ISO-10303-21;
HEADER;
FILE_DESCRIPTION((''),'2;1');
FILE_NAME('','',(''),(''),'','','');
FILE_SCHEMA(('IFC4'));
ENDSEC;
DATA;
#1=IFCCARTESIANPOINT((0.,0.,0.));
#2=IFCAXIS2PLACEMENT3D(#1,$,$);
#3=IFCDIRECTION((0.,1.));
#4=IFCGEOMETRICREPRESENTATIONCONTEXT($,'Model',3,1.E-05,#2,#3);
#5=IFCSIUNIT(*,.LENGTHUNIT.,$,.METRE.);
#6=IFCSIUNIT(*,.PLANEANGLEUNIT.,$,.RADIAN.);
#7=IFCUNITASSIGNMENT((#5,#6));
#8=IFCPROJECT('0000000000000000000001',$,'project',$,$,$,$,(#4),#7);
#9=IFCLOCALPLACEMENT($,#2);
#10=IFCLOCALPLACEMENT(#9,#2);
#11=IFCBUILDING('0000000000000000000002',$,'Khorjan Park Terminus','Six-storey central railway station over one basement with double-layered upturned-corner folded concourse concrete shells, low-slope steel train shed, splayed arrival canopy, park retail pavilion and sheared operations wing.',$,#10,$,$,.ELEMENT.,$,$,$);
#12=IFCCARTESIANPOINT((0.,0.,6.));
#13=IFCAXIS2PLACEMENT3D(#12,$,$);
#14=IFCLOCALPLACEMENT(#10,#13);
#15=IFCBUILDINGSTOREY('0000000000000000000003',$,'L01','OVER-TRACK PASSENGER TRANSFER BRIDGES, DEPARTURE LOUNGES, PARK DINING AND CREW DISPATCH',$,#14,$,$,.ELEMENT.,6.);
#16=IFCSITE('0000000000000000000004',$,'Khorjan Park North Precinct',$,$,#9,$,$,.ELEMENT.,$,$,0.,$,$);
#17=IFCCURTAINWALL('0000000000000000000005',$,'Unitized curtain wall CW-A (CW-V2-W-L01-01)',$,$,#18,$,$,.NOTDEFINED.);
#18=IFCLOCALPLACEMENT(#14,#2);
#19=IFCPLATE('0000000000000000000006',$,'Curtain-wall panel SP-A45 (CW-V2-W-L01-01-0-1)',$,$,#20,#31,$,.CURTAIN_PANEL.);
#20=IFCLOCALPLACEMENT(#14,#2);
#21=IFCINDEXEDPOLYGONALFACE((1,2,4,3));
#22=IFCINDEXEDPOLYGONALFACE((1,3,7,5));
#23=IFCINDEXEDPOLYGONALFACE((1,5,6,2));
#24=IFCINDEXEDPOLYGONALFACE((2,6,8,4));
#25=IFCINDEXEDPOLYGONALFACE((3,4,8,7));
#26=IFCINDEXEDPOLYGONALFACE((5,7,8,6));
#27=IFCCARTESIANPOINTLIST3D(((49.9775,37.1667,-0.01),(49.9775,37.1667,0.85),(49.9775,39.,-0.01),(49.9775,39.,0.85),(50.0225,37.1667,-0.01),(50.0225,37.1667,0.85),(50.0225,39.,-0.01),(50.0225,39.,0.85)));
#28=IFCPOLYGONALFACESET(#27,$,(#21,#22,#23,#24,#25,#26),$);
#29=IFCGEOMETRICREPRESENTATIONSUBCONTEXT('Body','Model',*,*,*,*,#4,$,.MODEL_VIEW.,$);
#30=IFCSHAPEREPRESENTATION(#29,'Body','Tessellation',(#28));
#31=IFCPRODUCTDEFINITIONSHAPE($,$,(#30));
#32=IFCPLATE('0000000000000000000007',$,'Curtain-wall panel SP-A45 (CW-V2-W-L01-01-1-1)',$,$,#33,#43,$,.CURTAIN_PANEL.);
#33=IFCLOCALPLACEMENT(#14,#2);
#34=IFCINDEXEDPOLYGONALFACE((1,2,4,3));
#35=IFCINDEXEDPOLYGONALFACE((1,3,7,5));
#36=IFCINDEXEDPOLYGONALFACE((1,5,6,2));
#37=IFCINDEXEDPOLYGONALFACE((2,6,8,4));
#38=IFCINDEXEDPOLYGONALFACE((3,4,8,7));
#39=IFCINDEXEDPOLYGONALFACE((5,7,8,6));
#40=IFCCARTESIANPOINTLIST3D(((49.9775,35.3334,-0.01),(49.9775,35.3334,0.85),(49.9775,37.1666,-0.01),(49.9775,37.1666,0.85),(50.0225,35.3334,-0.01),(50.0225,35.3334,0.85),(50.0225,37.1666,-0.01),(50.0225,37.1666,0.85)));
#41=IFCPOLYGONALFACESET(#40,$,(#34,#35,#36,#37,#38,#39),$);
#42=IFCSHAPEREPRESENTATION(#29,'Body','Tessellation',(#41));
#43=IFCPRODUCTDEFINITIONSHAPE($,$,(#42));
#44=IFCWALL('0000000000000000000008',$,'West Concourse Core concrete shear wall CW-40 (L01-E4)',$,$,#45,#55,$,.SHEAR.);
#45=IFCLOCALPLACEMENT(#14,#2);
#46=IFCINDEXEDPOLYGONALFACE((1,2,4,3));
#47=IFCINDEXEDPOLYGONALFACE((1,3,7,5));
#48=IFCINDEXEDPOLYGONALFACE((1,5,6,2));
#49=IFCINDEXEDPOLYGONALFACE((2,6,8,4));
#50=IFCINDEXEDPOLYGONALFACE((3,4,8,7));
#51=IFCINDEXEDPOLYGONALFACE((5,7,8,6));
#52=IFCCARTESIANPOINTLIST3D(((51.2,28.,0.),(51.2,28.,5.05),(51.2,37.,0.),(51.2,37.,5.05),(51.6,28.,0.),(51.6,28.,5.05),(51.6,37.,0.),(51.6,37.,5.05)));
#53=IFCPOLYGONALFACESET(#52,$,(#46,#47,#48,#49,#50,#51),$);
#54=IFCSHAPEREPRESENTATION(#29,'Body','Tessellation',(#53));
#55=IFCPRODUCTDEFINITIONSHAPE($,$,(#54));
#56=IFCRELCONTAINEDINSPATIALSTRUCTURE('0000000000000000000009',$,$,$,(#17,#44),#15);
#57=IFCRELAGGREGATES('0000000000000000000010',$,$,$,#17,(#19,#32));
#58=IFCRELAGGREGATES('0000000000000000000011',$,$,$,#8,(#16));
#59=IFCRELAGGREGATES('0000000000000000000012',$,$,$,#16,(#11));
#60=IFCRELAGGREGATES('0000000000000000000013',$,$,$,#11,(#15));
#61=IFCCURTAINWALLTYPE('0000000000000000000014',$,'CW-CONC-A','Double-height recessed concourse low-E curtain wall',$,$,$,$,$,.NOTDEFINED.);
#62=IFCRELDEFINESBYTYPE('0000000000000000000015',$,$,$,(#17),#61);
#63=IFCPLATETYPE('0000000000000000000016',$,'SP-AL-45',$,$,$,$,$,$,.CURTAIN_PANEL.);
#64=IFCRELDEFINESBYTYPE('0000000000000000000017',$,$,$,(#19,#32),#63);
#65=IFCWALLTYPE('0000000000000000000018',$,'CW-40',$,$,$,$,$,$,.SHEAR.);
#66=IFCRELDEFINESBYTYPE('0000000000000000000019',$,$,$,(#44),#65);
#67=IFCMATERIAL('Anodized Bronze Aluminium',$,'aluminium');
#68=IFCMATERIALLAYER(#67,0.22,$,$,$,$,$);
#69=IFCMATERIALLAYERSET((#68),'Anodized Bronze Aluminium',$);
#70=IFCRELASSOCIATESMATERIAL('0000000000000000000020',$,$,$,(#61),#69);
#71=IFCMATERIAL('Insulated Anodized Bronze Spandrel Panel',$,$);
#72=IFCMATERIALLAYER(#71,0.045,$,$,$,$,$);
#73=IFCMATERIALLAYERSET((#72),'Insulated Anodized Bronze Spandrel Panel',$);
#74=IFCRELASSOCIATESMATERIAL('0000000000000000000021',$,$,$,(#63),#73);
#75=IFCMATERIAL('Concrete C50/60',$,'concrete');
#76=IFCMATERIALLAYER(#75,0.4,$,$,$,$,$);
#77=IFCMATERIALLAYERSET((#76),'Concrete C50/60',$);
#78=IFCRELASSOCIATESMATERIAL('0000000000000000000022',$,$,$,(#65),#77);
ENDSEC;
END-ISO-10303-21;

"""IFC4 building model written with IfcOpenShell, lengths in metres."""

from ifc_helpers import new_model, si_unit, direction, frame, frame_2d, origin, origin_2d, place, context, subcontext, project, spatial, rectangle, extrude, material, layer, layer_set, type_object, element, aggregate, save


model = new_model("IFC4")

# Units and contexts
model_context = context("Model", 3, precision=1e-05, world=origin(), true_north=direction((0.0, 1.0)))
body_context = subcontext(model_context, "Body", "Model", "MODEL_VIEW")
ifc_project = project(units=[si_unit("LENGTHUNIT", "METRE"), si_unit("PLANEANGLEUNIT", "RADIAN")], contexts=[model_context])

# Site, building, storey
site_placement = place(None, origin())
site = spatial("IfcSite", under=ifc_project, at=site_placement, Name="Khorjan Park North Precinct", CompositionType="ELEMENT", RefElevation=0.0)
building_placement = place(site_placement, origin())
building = spatial("IfcBuilding", under=site, at=building_placement, Name="Khorjan Park Terminus", Description="Six-storey central railway station over one basement with double-layered upturned-corner folded concourse concrete shells, low-slope steel train shed, splayed arrival canopy, park retail pavilion and sheared operations wing.", CompositionType="ELEMENT")
storey_placement = place(building_placement, frame((0.0, 0.0, 6.0)))
storey = spatial("IfcBuildingStorey", under=building, at=storey_placement, Name="L01", Description="OVER-TRACK PASSENGER TRANSFER BRIDGES, DEPARTURE LOUNGES, PARK DINING AND CREW DISPATCH", CompositionType="ELEMENT", Elevation=6.0)

# Curtain wall, plates
ifc_material_1 = material(Name="Anodized Bronze Aluminium", Category="aluminium")
ifc_layer_1 = layer(ifc_material_1, 0.22)
ifc_layer_set_1 = layer_set([ifc_layer_1], Name="Anodized Bronze Aluminium")
curtain_wall_type = type_object("IfcCurtainWallType", Name="CW-CONC-A", Description="Double-height recessed concourse low-E curtain wall", PredefinedType="NOTDEFINED", material=ifc_layer_set_1)
curtain_wall_placement = place(storey_placement, origin())
curtain_wall = element("IfcCurtainWall", 1, at=curtain_wall_placement, inside=storey, type_object=curtain_wall_type, Name="Unitized curtain wall CW-A (CW-V2-W-L01-01)", PredefinedType="NOTDEFINED")
ifc_material_2 = material(Name="Insulated Anodized Bronze Spandrel Panel")
ifc_layer_2 = layer(ifc_material_2, 0.045)
ifc_layer_set_2 = layer_set([ifc_layer_2], Name="Insulated Anodized Bronze Spandrel Panel")
plate_type_1 = type_object("IfcPlateType", Name="SP-AL-45", PredefinedType="CURTAIN_PANEL", material=ifc_layer_set_2)
plate_1_placement = place(storey_placement, frame((50.0, 38.0833, -0.01), z_axis=(0.0, 0.0, 1.0), x_axis=(0.0, -1.0, 0.0)))
plate_1 = element("IfcPlate", 2, at=plate_1_placement, type_object=plate_type_1, Name="Curtain-wall panel SP-A45 (CW-V2-W-L01-01-0-1)", PredefinedType="CURTAIN_PANEL", context=body_context, shape_type="SweptSolid", body=[
    extrude(rectangle(XDim=1.8333, YDim=0.045, at=origin_2d()), origin(), (0.0, 0.0, 1.0), 0.86),
])
plate_2_placement = place(storey_placement, frame((50.0, 36.25, -0.01), z_axis=(0.0, 0.0, 1.0), x_axis=(0.0, -1.0, 0.0)))
plate_2 = element("IfcPlate", 3, at=plate_2_placement, type_object=plate_type_1, Name="Curtain-wall panel SP-A45 (CW-V2-W-L01-01-1-1)", PredefinedType="CURTAIN_PANEL", context=body_context, shape_type="SweptSolid", body=[
    extrude(rectangle(XDim=1.8333, YDim=0.045, at=origin_2d()), origin(), (0.0, 0.0, 1.0), 0.86),
])
aggregate(curtain_wall, [plate_1, plate_2])

# Wall
ifc_material_3 = material(Name="Concrete C50/60", Category="concrete")
ifc_layer_3 = layer(ifc_material_3, 0.4)
ifc_layer_set_3 = layer_set([ifc_layer_3], Name="Concrete C50/60")
wall_type = type_object("IfcWallType", Name="CW-40", PredefinedType="SHEAR", material=ifc_layer_set_3)
wall_placement = place(storey_placement, frame((51.4, 37.0, 0.0), z_axis=(0.0, 0.0, 1.0), x_axis=(0.0, -1.0, 0.0)))
element("IfcWall", 4, at=wall_placement, inside=storey, type_object=wall_type, Name="West Concourse Core concrete shear wall CW-40 (L01-E4)", PredefinedType="SHEAR", context=body_context, shape_type="SweptSolid", body=[
    extrude(rectangle(XDim=9.0, YDim=0.4, at=frame_2d((4.5, 0.0))), origin(), (0.0, 0.0, 1.0), 5.05),
])

save(model, "model.ifc")
